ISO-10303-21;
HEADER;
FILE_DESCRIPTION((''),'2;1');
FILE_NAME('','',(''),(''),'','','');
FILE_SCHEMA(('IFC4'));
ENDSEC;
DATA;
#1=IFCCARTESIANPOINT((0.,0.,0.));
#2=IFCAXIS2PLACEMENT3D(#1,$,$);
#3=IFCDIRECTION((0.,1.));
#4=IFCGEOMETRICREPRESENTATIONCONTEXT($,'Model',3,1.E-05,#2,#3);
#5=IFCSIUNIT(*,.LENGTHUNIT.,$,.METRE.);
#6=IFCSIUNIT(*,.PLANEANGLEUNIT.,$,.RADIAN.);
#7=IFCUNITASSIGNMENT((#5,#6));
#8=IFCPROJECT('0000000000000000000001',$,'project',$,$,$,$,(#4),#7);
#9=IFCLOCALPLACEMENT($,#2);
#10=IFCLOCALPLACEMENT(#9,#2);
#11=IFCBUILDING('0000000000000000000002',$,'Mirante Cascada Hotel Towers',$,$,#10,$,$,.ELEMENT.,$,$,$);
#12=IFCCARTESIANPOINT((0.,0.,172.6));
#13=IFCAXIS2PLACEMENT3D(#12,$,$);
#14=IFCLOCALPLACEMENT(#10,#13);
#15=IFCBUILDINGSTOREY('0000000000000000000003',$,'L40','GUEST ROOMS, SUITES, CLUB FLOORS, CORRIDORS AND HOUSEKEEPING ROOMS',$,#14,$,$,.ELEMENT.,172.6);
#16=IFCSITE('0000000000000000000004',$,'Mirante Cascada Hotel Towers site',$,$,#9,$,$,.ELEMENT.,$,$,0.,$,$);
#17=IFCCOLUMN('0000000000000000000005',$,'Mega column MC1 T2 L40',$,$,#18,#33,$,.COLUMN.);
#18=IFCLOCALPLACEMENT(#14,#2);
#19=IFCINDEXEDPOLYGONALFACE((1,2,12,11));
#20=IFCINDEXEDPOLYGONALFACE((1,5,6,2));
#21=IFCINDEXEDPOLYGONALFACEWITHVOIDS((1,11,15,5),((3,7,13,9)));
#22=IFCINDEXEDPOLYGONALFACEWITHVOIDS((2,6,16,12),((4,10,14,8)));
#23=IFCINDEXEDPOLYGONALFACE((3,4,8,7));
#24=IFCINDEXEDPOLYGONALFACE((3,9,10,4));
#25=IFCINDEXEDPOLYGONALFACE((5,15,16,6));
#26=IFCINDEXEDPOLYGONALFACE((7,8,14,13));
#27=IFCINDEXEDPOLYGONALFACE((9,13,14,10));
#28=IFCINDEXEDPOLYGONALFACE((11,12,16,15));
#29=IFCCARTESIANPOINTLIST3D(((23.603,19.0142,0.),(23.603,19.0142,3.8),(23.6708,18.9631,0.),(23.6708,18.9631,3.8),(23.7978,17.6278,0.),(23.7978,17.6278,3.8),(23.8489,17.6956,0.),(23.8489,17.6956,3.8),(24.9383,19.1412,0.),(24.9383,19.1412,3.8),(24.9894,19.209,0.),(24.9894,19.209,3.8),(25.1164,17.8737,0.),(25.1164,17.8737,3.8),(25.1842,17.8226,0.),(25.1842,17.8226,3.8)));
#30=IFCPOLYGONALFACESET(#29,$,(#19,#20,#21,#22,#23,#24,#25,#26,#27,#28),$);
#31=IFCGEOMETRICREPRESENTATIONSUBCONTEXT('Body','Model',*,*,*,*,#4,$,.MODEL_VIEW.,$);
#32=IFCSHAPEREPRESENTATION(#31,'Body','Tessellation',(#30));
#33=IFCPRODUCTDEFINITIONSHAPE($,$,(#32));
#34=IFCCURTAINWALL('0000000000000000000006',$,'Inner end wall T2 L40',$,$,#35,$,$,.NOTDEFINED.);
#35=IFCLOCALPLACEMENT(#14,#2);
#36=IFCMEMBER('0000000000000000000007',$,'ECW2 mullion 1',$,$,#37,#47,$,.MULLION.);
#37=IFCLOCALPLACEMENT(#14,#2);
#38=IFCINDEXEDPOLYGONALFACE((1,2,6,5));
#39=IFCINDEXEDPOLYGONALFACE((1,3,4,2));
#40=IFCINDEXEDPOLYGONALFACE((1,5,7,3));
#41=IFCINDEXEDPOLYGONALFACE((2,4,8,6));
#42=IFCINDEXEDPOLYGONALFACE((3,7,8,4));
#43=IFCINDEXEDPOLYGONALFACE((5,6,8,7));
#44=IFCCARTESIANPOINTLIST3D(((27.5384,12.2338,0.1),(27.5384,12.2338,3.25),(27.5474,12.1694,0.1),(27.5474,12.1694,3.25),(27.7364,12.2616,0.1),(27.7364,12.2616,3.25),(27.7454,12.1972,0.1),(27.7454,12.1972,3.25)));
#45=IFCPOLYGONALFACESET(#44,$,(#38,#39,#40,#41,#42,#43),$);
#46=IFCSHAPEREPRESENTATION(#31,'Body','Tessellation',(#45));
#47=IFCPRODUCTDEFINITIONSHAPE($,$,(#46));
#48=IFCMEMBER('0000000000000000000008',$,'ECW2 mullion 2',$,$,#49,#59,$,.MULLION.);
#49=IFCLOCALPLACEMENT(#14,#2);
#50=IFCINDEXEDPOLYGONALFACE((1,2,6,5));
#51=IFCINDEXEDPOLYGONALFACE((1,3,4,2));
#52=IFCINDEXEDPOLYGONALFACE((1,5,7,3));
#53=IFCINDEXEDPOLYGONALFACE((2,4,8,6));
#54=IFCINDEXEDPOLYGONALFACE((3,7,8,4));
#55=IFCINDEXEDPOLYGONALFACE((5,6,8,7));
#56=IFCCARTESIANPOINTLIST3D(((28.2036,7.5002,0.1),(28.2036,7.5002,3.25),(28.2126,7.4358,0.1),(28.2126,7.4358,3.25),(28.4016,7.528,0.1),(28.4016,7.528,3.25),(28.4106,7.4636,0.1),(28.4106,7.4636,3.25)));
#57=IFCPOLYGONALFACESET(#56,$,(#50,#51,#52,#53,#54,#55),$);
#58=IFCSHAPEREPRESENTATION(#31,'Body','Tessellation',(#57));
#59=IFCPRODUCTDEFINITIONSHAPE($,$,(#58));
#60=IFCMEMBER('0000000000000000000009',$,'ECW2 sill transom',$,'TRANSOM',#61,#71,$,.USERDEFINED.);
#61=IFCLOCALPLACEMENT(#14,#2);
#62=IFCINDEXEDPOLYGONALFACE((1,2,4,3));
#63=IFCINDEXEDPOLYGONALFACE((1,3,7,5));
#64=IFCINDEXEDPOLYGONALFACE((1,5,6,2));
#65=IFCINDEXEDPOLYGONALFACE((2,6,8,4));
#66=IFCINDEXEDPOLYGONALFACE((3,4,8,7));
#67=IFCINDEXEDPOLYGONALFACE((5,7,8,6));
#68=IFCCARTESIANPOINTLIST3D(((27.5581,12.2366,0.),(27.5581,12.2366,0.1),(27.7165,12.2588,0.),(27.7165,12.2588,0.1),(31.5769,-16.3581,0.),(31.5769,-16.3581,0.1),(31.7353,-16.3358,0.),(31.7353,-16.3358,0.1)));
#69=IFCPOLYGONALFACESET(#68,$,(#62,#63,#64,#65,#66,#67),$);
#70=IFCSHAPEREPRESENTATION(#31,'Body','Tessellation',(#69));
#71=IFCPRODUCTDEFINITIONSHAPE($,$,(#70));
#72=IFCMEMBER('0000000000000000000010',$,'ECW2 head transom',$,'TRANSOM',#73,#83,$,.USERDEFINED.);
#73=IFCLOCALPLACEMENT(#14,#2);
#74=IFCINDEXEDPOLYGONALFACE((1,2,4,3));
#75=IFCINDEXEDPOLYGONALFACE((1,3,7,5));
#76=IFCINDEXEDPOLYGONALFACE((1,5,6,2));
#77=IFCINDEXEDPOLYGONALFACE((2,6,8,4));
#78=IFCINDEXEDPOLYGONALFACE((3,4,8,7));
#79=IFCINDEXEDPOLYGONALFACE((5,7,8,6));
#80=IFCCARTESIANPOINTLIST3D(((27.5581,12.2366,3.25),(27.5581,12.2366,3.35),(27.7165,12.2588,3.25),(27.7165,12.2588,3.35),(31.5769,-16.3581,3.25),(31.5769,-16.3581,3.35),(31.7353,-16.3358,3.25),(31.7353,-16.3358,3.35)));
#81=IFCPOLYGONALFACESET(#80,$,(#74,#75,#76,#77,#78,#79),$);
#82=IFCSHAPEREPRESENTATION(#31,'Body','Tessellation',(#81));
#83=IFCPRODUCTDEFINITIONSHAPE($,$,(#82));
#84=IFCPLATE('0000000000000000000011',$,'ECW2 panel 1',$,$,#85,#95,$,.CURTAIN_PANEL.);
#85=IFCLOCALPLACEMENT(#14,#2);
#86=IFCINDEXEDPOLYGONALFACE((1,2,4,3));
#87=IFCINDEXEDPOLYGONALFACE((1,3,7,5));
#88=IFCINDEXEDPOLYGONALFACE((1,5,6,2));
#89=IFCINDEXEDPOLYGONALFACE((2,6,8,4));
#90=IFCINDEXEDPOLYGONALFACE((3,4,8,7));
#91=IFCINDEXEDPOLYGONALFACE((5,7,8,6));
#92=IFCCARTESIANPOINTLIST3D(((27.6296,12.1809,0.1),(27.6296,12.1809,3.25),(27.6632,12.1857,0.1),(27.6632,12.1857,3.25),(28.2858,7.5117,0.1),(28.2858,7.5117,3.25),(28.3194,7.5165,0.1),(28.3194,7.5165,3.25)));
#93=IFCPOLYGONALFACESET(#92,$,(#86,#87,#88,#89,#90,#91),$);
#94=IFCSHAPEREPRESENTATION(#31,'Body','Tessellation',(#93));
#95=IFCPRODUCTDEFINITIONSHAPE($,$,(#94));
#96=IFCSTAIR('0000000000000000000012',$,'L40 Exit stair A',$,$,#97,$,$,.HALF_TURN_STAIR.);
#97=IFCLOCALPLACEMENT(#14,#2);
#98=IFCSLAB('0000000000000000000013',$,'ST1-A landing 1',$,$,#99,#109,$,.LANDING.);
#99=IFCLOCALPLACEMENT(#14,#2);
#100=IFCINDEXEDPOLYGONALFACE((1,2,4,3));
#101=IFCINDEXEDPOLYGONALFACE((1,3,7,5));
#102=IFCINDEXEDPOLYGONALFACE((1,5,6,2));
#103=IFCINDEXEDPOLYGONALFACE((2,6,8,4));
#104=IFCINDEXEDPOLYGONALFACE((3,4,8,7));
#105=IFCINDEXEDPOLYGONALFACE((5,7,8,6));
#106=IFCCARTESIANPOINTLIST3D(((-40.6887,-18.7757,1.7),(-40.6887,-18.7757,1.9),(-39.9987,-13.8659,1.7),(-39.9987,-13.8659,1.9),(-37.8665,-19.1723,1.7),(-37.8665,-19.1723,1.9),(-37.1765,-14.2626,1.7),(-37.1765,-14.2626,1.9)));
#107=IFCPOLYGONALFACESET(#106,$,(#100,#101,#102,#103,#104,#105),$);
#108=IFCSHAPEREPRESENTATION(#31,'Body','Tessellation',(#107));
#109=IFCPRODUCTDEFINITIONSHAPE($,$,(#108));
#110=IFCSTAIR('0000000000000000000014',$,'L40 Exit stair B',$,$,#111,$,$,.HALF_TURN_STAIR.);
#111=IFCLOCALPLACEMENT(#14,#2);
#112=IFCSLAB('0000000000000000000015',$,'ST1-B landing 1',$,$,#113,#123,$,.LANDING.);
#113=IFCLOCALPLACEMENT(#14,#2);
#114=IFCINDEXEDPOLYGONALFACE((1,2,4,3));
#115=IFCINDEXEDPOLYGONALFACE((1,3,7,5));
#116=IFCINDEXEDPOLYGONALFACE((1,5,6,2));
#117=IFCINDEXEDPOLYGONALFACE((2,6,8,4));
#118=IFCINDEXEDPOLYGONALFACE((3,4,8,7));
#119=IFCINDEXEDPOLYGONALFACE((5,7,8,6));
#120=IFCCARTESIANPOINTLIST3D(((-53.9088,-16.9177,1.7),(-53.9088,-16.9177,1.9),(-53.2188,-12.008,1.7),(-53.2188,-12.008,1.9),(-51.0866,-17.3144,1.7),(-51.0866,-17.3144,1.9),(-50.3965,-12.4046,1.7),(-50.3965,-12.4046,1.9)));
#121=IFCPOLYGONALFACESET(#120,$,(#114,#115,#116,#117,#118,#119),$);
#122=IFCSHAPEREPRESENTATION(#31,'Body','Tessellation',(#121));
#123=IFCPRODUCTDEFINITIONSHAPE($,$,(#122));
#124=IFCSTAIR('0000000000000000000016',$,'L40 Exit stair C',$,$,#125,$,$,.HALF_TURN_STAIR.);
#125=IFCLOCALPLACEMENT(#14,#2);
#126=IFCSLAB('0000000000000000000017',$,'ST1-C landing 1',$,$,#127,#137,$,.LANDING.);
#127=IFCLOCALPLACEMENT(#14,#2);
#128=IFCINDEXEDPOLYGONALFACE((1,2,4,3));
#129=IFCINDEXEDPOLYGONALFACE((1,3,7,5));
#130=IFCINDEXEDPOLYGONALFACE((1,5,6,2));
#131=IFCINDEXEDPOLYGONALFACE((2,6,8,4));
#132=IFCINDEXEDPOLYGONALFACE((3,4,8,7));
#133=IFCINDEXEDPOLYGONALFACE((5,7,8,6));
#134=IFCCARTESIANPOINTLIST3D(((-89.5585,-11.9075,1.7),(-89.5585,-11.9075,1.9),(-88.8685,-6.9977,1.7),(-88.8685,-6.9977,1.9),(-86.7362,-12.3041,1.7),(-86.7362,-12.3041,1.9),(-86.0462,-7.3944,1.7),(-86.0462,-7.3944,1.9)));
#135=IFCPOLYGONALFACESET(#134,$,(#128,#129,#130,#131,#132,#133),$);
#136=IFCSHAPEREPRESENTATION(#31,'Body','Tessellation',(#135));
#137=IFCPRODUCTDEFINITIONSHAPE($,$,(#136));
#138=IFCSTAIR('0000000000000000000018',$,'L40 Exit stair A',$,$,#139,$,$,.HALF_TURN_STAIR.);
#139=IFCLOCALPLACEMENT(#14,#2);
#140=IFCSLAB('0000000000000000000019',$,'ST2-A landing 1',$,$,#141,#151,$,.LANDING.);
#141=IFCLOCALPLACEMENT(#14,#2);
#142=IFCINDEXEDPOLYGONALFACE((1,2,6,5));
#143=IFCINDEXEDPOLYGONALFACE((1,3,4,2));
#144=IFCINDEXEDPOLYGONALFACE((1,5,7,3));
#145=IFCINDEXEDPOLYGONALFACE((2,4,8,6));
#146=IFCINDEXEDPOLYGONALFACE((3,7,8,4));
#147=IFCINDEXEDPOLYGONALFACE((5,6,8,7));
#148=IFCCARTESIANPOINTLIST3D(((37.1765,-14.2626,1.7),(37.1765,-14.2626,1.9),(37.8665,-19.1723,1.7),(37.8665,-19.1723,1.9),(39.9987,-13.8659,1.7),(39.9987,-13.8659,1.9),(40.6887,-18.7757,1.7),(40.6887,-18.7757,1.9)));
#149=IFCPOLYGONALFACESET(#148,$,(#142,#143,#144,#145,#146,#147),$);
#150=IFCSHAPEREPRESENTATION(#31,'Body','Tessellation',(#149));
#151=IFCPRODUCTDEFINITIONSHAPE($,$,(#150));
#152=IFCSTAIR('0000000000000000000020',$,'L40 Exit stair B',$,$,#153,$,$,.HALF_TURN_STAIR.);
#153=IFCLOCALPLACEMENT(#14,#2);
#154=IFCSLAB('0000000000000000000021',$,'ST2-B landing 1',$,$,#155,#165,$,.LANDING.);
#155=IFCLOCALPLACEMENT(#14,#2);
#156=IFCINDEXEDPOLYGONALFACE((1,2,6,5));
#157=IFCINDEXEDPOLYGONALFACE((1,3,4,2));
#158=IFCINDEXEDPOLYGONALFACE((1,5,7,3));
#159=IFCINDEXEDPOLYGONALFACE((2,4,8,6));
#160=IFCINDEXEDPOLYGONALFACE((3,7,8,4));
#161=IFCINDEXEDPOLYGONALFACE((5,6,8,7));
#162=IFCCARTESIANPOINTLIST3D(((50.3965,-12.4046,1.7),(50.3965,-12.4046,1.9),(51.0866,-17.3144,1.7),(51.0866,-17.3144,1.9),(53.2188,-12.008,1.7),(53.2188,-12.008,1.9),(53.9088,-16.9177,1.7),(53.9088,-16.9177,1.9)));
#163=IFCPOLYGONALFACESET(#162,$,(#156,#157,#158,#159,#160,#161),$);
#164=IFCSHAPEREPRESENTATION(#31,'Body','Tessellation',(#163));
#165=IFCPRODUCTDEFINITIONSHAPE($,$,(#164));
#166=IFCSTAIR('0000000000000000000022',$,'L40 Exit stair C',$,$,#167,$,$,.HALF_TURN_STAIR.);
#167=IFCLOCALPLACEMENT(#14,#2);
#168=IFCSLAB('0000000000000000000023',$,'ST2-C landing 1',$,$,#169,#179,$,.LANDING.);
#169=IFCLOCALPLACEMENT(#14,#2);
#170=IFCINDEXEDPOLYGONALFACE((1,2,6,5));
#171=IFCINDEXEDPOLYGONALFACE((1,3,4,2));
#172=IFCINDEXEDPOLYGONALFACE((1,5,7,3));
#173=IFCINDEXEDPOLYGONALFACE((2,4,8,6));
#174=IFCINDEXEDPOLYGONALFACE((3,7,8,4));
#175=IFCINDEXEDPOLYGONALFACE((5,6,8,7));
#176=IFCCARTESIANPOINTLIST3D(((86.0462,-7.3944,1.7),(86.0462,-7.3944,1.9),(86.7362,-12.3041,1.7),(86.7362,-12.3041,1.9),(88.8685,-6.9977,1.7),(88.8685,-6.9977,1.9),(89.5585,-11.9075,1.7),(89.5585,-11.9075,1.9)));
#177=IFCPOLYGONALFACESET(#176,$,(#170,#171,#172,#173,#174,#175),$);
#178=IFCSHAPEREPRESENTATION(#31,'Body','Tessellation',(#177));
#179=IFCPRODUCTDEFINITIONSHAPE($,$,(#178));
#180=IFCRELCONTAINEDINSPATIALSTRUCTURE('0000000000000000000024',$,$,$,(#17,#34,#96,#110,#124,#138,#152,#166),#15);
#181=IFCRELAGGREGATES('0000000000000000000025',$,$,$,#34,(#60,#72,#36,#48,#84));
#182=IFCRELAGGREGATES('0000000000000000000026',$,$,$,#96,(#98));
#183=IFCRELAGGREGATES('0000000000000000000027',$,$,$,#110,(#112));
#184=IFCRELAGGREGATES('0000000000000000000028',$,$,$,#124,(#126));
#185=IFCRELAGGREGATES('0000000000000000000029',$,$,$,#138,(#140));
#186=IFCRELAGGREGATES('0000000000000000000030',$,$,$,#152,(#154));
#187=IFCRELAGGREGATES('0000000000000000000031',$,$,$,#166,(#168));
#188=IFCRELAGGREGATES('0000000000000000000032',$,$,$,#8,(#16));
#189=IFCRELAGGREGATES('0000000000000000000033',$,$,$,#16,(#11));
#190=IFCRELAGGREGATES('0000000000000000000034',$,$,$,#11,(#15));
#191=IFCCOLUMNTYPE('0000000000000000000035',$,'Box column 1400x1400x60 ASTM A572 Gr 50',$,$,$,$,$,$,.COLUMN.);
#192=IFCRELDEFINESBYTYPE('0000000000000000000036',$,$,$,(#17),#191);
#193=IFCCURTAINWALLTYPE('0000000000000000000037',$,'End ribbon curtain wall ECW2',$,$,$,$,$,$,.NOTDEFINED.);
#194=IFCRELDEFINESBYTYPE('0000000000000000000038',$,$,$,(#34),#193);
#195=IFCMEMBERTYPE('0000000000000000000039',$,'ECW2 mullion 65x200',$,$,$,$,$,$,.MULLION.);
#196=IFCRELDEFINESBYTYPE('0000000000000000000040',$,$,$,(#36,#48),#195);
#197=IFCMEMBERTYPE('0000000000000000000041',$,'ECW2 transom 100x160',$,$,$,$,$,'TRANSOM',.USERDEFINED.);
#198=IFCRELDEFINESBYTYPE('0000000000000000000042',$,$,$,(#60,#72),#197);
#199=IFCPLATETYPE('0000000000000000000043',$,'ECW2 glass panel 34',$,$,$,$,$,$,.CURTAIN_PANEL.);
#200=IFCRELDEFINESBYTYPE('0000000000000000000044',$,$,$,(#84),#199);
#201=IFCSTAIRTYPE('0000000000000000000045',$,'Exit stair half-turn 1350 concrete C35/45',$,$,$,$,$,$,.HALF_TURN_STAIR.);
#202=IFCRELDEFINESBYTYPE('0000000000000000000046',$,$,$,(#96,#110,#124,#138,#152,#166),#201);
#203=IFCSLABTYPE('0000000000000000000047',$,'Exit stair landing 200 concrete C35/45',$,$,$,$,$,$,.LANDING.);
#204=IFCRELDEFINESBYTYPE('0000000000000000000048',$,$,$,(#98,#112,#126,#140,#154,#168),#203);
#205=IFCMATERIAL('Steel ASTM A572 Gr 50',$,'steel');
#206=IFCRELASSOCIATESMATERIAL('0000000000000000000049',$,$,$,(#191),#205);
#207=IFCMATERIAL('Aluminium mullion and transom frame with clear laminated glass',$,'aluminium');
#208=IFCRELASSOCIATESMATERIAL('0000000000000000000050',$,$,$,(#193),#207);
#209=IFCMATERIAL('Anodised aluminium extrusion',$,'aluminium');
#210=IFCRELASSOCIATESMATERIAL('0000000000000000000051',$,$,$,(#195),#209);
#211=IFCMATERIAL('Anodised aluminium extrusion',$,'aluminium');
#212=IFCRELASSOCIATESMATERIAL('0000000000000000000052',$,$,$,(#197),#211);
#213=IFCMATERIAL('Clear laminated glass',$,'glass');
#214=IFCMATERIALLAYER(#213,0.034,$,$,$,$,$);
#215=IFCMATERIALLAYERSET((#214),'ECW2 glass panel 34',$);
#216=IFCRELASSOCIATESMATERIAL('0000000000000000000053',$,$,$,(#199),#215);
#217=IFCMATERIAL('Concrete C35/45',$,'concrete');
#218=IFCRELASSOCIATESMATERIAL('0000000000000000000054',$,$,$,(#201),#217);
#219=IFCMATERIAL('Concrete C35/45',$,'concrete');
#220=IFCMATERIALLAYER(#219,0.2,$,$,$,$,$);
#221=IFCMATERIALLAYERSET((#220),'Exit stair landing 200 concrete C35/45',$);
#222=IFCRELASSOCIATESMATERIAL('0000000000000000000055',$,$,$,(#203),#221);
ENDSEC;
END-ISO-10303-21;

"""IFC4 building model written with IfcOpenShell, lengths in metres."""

from ifc_helpers import new_model, si_unit, direction, frame, origin, origin_2d, place, context, subcontext, project, spatial, polyline, rectangle, hollow_rectangle, outline, extrude, material, layer, layer_set, material_profile, profile_set, type_object, element, aggregate, save


model = new_model("IFC4")

# Units and contexts
model_context = context("Model", 3, precision=1e-05, world=origin(), true_north=direction((0.0, 1.0)))
body_context = subcontext(model_context, "Body", "Model", "MODEL_VIEW")
ifc_project = project(units=[si_unit("LENGTHUNIT", "METRE"), si_unit("PLANEANGLEUNIT", "RADIAN")], contexts=[model_context])

# Site, building, storey
site_placement = place(None, origin())
site = spatial("IfcSite", under=ifc_project, at=site_placement, Name="Mirante Cascada Hotel Towers site", CompositionType="ELEMENT", RefElevation=0.0)
building_placement = place(site_placement, origin())
building = spatial("IfcBuilding", under=site, at=building_placement, Name="Mirante Cascada Hotel Towers", CompositionType="ELEMENT")
storey_placement = place(building_placement, frame((0.0, 0.0, 172.6)))
storey = spatial("IfcBuildingStorey", under=building, at=storey_placement, Name="L40", Description="GUEST ROOMS, SUITES, CLUB FLOORS, CORRIDORS AND HOUSEKEEPING ROOMS", CompositionType="ELEMENT", Elevation=172.6)

# Column
ifc_material_1 = material(Name="Steel ASTM A572 Gr 50", Category="steel")
ifc_material_profile_1 = material_profile(ifc_material_1, hollow_rectangle(XDim=1.4, YDim=1.4, WallThickness=0.06, at=origin_2d()), Name="Box column 1400x1400x60 ASTM A572 Gr 50")
ifc_profile_set_1 = profile_set([ifc_material_profile_1], Name="Steel ASTM A572 Gr 50")
column_type = type_object("IfcColumnType", Name="Box column 1400x1400x60 ASTM A572 Gr 50", PredefinedType="COLUMN", material=ifc_profile_set_1)
column_placement = place(storey_placement, frame((24.3936, 18.4184, 0.0), z_axis=(0.0, 0.0, 1.0), x_axis=(0.990268, 0.139173, 0.0)))
element("IfcColumn", 1, at=column_placement, inside=storey, type_object=column_type, Name="Mega column MC1 T2 L40", PredefinedType="COLUMN", context=body_context, shape_type="SweptSolid", body=[
    extrude(hollow_rectangle(XDim=1.4, YDim=1.4, WallThickness=0.06, at=origin_2d()), origin(), (0.0, 0.0, 1.0), 3.8),
])

# Curtain wall, members, plate
ifc_material_2 = material(Name="Aluminium mullion and transom frame with clear laminated glass", Category="aluminium")
curtain_wall_type = type_object("IfcCurtainWallType", Name="End ribbon curtain wall ECW2", PredefinedType="NOTDEFINED", material=ifc_material_2)
curtain_wall_placement = place(storey_placement, origin())
curtain_wall = element("IfcCurtainWall", 2, at=curtain_wall_placement, inside=storey, type_object=curtain_wall_type, Name="Inner end wall T2 L40", PredefinedType="NOTDEFINED")
ifc_material_3 = material(Name="Anodised aluminium extrusion", Category="aluminium")
ifc_material_profile_2 = material_profile(ifc_material_3, rectangle(XDim=0.2, YDim=0.065, at=origin_2d()), Name="ECW2 MULLION 65x200")
ifc_profile_set_2 = profile_set([ifc_material_profile_2], Name="Anodised aluminium extrusion")
member_type_1 = type_object("IfcMemberType", Name="ECW2 mullion 65x200", PredefinedType="MULLION", material=ifc_profile_set_2)
member_1_placement = place(storey_placement, frame((27.6419, 12.2155, 0.1), z_axis=(0.0, 0.0, 1.0), x_axis=(0.990268, 0.139173, 0.0)))
member_1 = element("IfcMember", 3, at=member_1_placement, type_object=member_type_1, Name="ECW2 mullion 1", PredefinedType="MULLION", context=body_context, shape_type="SweptSolid", body=[
    extrude(rectangle(XDim=0.2, YDim=0.065, at=origin_2d()), origin(), (0.0, 0.0, 1.0), 3.15),
])
member_2_placement = place(storey_placement, frame((28.3071, 7.4819, 0.1), z_axis=(0.0, 0.0, 1.0), x_axis=(0.990268, 0.139173, 0.0)))
member_2 = element("IfcMember", 4, at=member_2_placement, type_object=member_type_1, Name="ECW2 mullion 2", PredefinedType="MULLION", context=body_context, shape_type="SweptSolid", body=[
    extrude(rectangle(XDim=0.2, YDim=0.065, at=origin_2d()), origin(), (0.0, 0.0, 1.0), 3.15),
])
ifc_material_4 = material(Name="Anodised aluminium extrusion", Category="aluminium")
ifc_material_profile_3 = material_profile(ifc_material_4, rectangle(XDim=0.16, YDim=0.1, at=origin_2d()), Name="ECW2 TRANSOM 100x160")
ifc_profile_set_3 = profile_set([ifc_material_profile_3], Name="Anodised aluminium extrusion")
member_type_2 = type_object("IfcMemberType", Name="ECW2 transom 100x160", ElementType="TRANSOM", PredefinedType="USERDEFINED", material=ifc_profile_set_3)
member_3_placement = place(storey_placement, frame((27.6373, 12.2477, 0.05), z_axis=(0.139176, -0.990268, 0.0), x_axis=(0.990268, 0.139176, 0.0)))
member_3 = element("IfcMember", 5, at=member_3_placement, type_object=member_type_2, Name="ECW2 sill transom", ObjectType="TRANSOM", PredefinedType="USERDEFINED", context=body_context, shape_type="SweptSolid", body=[
    extrude(rectangle(XDim=0.16, YDim=0.1, at=origin_2d()), origin(), (0.0, 0.0, 1.0), 28.8757),
])
member_4_placement = place(storey_placement, frame((27.6373, 12.2477, 3.3), z_axis=(0.139176, -0.990268, 0.0), x_axis=(0.990268, 0.139176, 0.0)))
member_4 = element("IfcMember", 6, at=member_4_placement, type_object=member_type_2, Name="ECW2 head transom", ObjectType="TRANSOM", PredefinedType="USERDEFINED", context=body_context, shape_type="SweptSolid", body=[
    extrude(rectangle(XDim=0.16, YDim=0.1, at=origin_2d()), origin(), (0.0, 0.0, 1.0), 28.8757),
])
ifc_material_5 = material(Name="Clear laminated glass", Category="glass")
ifc_layer_1 = layer(ifc_material_5, 0.034)
ifc_layer_set_1 = layer_set([ifc_layer_1], Name="ECW2 glass panel 34")
plate_type = type_object("IfcPlateType", Name="ECW2 glass panel 34", PredefinedType="CURTAIN_PANEL", material=ifc_layer_set_1)
plate_placement = place(storey_placement, frame((27.9745, 9.8487, 0.1), z_axis=(0.0, 0.0, 1.0), x_axis=(0.139173, -0.990268, 0.0)))
plate = element("IfcPlate", 7, at=plate_placement, type_object=plate_type, Name="ECW2 panel 1", PredefinedType="CURTAIN_PANEL", context=body_context, shape_type="SweptSolid", body=[
    extrude(rectangle(XDim=4.7151, YDim=0.034, at=origin_2d()), origin(), (0.0, 0.0, 1.0), 3.15),
])
aggregate(curtain_wall, [member_3, member_4, member_1, member_2, plate])

# Stairs, slabs
ifc_material_6 = material(Name="Concrete C35/45", Category="concrete")
stair_type = type_object("IfcStairType", Name="Exit stair half-turn 1350 concrete C35/45", PredefinedType="HALF_TURN_STAIR", material=ifc_material_6)
stair_1_placement = place(storey_placement, origin())
stair_1 = element("IfcStair", 8, at=stair_1_placement, inside=storey, type_object=stair_type, Name="L40 Exit stair A", PredefinedType="HALF_TURN_STAIR")
ifc_material_7 = material(Name="Concrete C35/45", Category="concrete")
ifc_layer_2 = layer(ifc_material_7, 0.2)
ifc_layer_set_2 = layer_set([ifc_layer_2], Name="Exit stair landing 200 concrete C35/45")
slab_type = type_object("IfcSlabType", Name="Exit stair landing 200 concrete C35/45", PredefinedType="LANDING", material=ifc_layer_set_2)
slab_1_placement = place(storey_placement, frame((0.0, 0.0, 1.7)))
slab_1 = element("IfcSlab", 9, at=slab_1_placement, type_object=slab_type, Name="ST1-A landing 1", PredefinedType="LANDING", context=body_context, shape_type="SweptSolid", body=[
    extrude(outline(polyline([(-39.9987, -13.8659), (-40.6887, -18.7757), (-37.8665, -19.1723), (-37.1765, -14.2626), (-39.9987, -13.8659)])), origin(), (0.0, 0.0, 1.0), 0.2),
])
aggregate(stair_1, [slab_1])
stair_2_placement = place(storey_placement, origin())
stair_2 = element("IfcStair", 10, at=stair_2_placement, inside=storey, type_object=stair_type, Name="L40 Exit stair B", PredefinedType="HALF_TURN_STAIR")
slab_2_placement = place(storey_placement, frame((0.0, 0.0, 1.7)))
slab_2 = element("IfcSlab", 11, at=slab_2_placement, type_object=slab_type, Name="ST1-B landing 1", PredefinedType="LANDING", context=body_context, shape_type="SweptSolid", body=[
    extrude(outline(polyline([(-53.2188, -12.008), (-53.9088, -16.9177), (-51.0866, -17.3144), (-50.3965, -12.4046), (-53.2188, -12.008)])), origin(), (0.0, 0.0, 1.0), 0.2),
])
aggregate(stair_2, [slab_2])
stair_3_placement = place(storey_placement, origin())
stair_3 = element("IfcStair", 12, at=stair_3_placement, inside=storey, type_object=stair_type, Name="L40 Exit stair C", PredefinedType="HALF_TURN_STAIR")
slab_3_placement = place(storey_placement, frame((0.0, 0.0, 1.7)))
slab_3 = element("IfcSlab", 13, at=slab_3_placement, type_object=slab_type, Name="ST1-C landing 1", PredefinedType="LANDING", context=body_context, shape_type="SweptSolid", body=[
    extrude(outline(polyline([(-88.8685, -6.9977), (-89.5585, -11.9075), (-86.7362, -12.3041), (-86.0462, -7.3944), (-88.8685, -6.9977)])), origin(), (0.0, 0.0, 1.0), 0.2),
])
aggregate(stair_3, [slab_3])
stair_4_placement = place(storey_placement, origin())
stair_4 = element("IfcStair", 14, at=stair_4_placement, inside=storey, type_object=stair_type, Name="L40 Exit stair A", PredefinedType="HALF_TURN_STAIR")
slab_4_placement = place(storey_placement, frame((0.0, 0.0, 1.7)))
slab_4 = element("IfcSlab", 15, at=slab_4_placement, type_object=slab_type, Name="ST2-A landing 1", PredefinedType="LANDING", context=body_context, shape_type="SweptSolid", body=[
    extrude(outline(polyline([(37.1765, -14.2626), (37.8665, -19.1723), (40.6887, -18.7757), (39.9987, -13.8659), (37.1765, -14.2626)])), origin(), (0.0, 0.0, 1.0), 0.2),
])
aggregate(stair_4, [slab_4])
stair_5_placement = place(storey_placement, origin())
stair_5 = element("IfcStair", 16, at=stair_5_placement, inside=storey, type_object=stair_type, Name="L40 Exit stair B", PredefinedType="HALF_TURN_STAIR")
slab_5_placement = place(storey_placement, frame((0.0, 0.0, 1.7)))
slab_5 = element("IfcSlab", 17, at=slab_5_placement, type_object=slab_type, Name="ST2-B landing 1", PredefinedType="LANDING", context=body_context, shape_type="SweptSolid", body=[
    extrude(outline(polyline([(50.3965, -12.4046), (51.0866, -17.3144), (53.9088, -16.9177), (53.2188, -12.008), (50.3965, -12.4046)])), origin(), (0.0, 0.0, 1.0), 0.2),
])
aggregate(stair_5, [slab_5])
stair_6_placement = place(storey_placement, origin())
stair_6 = element("IfcStair", 18, at=stair_6_placement, inside=storey, type_object=stair_type, Name="L40 Exit stair C", PredefinedType="HALF_TURN_STAIR")
slab_6_placement = place(storey_placement, frame((0.0, 0.0, 1.7)))
slab_6 = element("IfcSlab", 19, at=slab_6_placement, type_object=slab_type, Name="ST2-C landing 1", PredefinedType="LANDING", context=body_context, shape_type="SweptSolid", body=[
    extrude(outline(polyline([(86.0462, -7.3944), (86.7362, -12.3041), (89.5585, -11.9075), (88.8685, -6.9977), (86.0462, -7.3944)])), origin(), (0.0, 0.0, 1.0), 0.2),
])
aggregate(stair_6, [slab_6])

save(model, "model.ifc")
